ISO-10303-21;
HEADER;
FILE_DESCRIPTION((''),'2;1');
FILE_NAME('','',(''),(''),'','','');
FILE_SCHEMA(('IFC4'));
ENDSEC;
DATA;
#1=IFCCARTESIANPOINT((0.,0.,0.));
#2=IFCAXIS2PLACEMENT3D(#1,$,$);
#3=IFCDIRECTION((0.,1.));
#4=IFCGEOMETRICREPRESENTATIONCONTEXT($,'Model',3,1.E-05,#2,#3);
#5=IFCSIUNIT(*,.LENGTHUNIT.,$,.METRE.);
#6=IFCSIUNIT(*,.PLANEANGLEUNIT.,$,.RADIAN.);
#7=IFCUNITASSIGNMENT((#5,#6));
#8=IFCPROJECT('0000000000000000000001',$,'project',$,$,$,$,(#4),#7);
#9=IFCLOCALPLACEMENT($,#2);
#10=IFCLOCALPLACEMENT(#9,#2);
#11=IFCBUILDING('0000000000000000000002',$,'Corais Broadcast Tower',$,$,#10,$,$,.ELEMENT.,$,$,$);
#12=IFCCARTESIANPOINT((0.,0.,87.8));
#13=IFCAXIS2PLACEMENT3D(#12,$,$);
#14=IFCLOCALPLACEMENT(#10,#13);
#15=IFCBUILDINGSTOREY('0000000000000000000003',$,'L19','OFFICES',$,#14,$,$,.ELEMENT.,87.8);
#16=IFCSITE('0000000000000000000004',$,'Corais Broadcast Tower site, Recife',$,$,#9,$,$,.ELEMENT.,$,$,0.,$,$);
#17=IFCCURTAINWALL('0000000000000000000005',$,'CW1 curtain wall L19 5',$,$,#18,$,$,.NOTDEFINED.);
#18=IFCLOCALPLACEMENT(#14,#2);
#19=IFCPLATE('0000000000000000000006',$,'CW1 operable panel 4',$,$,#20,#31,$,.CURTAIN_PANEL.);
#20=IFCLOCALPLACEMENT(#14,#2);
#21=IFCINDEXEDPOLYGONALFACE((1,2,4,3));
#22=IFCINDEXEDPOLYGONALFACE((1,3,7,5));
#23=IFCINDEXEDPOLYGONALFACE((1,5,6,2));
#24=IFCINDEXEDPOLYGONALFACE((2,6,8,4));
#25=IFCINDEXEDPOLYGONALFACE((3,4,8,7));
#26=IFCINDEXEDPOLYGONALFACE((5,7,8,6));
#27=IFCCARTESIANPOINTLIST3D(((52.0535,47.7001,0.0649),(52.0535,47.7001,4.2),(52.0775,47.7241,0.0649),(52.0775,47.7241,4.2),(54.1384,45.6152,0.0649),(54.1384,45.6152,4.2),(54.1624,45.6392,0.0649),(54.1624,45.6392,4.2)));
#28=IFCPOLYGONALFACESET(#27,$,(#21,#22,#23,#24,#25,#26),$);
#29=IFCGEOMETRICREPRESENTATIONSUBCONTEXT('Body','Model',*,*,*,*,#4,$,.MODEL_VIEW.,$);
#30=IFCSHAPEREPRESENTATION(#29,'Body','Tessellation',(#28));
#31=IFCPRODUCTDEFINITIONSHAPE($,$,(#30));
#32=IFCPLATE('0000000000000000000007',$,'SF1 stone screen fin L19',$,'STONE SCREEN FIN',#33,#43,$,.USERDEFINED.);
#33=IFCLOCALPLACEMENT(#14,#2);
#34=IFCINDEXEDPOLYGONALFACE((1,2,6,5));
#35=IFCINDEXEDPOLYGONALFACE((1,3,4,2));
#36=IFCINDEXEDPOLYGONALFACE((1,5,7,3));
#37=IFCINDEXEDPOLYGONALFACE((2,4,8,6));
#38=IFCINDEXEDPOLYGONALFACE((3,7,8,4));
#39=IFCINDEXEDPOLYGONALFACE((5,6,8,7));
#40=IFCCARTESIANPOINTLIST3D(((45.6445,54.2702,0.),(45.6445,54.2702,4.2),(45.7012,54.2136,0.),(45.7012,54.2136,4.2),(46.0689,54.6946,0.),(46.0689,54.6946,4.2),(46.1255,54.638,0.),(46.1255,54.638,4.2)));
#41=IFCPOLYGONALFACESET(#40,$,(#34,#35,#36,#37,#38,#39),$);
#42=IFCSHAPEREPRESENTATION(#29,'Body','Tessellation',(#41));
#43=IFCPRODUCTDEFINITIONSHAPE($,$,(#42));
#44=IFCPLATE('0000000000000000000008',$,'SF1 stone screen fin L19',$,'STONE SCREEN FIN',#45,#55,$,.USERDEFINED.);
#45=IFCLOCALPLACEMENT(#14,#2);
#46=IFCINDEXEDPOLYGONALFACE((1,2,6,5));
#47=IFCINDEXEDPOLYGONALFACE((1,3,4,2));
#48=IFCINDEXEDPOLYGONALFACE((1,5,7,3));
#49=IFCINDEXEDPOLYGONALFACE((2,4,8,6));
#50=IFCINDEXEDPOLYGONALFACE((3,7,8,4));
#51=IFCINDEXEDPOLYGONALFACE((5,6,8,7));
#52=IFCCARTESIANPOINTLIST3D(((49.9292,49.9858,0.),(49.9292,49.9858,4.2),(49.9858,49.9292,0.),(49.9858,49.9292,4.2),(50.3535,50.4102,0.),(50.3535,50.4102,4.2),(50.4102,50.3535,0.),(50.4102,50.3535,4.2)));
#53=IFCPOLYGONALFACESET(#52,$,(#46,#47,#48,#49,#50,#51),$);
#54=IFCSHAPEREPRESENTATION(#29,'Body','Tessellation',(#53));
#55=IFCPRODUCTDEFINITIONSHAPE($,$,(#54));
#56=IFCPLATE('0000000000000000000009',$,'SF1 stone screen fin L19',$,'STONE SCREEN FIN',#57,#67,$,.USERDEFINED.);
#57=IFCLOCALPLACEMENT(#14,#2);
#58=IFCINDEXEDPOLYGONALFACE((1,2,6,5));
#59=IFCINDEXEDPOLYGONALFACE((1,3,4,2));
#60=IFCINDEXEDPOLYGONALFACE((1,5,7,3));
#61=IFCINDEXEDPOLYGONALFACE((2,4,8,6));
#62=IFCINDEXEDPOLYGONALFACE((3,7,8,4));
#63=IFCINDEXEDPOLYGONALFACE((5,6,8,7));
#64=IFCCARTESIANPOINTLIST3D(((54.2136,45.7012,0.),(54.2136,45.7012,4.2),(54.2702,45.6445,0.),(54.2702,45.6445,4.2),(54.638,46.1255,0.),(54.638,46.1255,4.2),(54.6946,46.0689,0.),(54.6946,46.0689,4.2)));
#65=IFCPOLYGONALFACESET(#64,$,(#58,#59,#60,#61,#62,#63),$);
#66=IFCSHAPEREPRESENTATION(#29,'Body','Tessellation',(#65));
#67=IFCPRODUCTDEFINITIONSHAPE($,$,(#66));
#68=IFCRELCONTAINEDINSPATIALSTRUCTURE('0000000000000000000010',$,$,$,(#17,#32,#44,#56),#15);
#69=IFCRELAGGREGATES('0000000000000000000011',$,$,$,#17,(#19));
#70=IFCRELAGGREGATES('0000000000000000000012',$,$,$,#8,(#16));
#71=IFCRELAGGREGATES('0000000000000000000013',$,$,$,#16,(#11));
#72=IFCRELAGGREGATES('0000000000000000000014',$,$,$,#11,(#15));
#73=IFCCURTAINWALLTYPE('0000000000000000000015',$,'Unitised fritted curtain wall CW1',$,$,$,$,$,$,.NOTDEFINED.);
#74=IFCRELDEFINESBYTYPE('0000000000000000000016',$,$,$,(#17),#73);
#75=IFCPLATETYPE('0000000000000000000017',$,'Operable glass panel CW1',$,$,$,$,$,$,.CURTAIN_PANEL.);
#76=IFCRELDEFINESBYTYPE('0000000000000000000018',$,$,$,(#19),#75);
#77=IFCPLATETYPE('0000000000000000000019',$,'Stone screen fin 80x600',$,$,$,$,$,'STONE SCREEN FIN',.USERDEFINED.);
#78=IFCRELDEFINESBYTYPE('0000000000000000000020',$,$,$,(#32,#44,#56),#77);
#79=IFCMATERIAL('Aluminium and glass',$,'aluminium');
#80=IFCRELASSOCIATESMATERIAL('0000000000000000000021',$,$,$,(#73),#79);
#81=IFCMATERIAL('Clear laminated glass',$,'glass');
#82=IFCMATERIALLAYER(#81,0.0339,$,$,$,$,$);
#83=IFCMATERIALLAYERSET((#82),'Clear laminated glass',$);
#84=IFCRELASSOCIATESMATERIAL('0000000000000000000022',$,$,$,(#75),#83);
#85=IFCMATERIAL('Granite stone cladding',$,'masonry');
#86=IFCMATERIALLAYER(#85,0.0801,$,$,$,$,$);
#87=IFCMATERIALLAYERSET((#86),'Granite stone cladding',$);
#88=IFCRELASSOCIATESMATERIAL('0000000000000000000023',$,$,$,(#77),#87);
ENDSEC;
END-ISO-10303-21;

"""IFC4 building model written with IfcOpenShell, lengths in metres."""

from ifc_helpers import new_model, si_unit, direction, frame, origin, origin_2d, place, context, subcontext, project, spatial, rectangle, extrude, material, layer, layer_set, type_object, element, aggregate, save


model = new_model("IFC4")

# Units and contexts
model_context = context("Model", 3, precision=1e-05, world=origin(), true_north=direction((0.0, 1.0)))
body_context = subcontext(model_context, "Body", "Model", "MODEL_VIEW")
ifc_project = project(units=[si_unit("LENGTHUNIT", "METRE"), si_unit("PLANEANGLEUNIT", "RADIAN")], contexts=[model_context])

# Site, building, storey
site_placement = place(None, origin())
site = spatial("IfcSite", under=ifc_project, at=site_placement, Name="Corais Broadcast Tower site, Recife", CompositionType="ELEMENT", RefElevation=0.0)
building_placement = place(site_placement, origin())
building = spatial("IfcBuilding", under=site, at=building_placement, Name="Corais Broadcast Tower", CompositionType="ELEMENT")
storey_placement = place(building_placement, frame((0.0, 0.0, 87.8)))
storey = spatial("IfcBuildingStorey", under=building, at=storey_placement, Name="L19", Description="OFFICES", CompositionType="ELEMENT", Elevation=87.8)

# Shared definitions
ifc_material_1 = material(Name="Aluminium and glass", Category="aluminium")
curtain_wall_type = type_object("IfcCurtainWallType", Name="Unitised fritted curtain wall CW1", PredefinedType="NOTDEFINED", material=ifc_material_1)

# Curtain wall
curtain_wall_1_placement = place(storey_placement, origin())
curtain_wall_1 = element("IfcCurtainWall", 1, at=curtain_wall_1_placement, inside=storey, type_object=curtain_wall_type, Name="CW1 curtain wall L19 5", PredefinedType="NOTDEFINED")

# Plate
ifc_material_2 = material(Name="Clear laminated glass", Category="glass")
ifc_layer_1 = layer(ifc_material_2, 0.0339)
ifc_layer_set_1 = layer_set([ifc_layer_1], Name="Clear laminated glass")
plate_type_1 = type_object("IfcPlateType", Name="Operable glass panel CW1", PredefinedType="CURTAIN_PANEL", material=ifc_layer_set_1)
plate_1_placement = place(storey_placement, frame((53.1079, 46.6697, 0.0649), z_axis=(0.0, 0.0, 1.0), x_axis=(0.707107, -0.707107, 0.0)))
plate_1 = element("IfcPlate", 2, at=plate_1_placement, type_object=plate_type_1, Name="CW1 operable panel 4", PredefinedType="CURTAIN_PANEL", context=body_context, shape_type="SweptSolid", body=[
    extrude(rectangle(XDim=2.9485, YDim=0.0339, at=origin_2d()), origin(), (0.0, 0.0, 1.0), 4.135),
])
aggregate(curtain_wall_1, [plate_1])

# Plates
ifc_material_3 = material(Name="Granite stone cladding", Category="masonry")
ifc_layer_2 = layer(ifc_material_3, 0.0801)
ifc_layer_set_2 = layer_set([ifc_layer_2], Name="Granite stone cladding")
plate_type_2 = type_object("IfcPlateType", Name="Stone screen fin 80x600", ElementType="STONE SCREEN FIN", PredefinedType="USERDEFINED", material=ifc_layer_set_2)
for number, where, z_axis, x_axis, name in (
    (3, (45.885, 54.4541, 0.0), (0.0, 0.0, 1.0), (0.707107, -0.707107, 0.0), "SF1 stone screen fin L19"),
    (4, (50.1697, 50.1697, 0.0), (0.0, 0.0, 1.0), (0.707107, -0.707107, 0.0), "SF1 stone screen fin L19"),
    (5, (54.4541, 45.885, 0.0), (0.0, 0.0, 1.0), (0.707107, -0.707107, 0.0), "SF1 stone screen fin L19"),
):
    element("IfcPlate", number, at=place(storey_placement, frame(where, z_axis=z_axis, x_axis=x_axis)), inside=storey, type_object=plate_type_2, Name=name, ObjectType="STONE SCREEN FIN", PredefinedType="USERDEFINED", context=body_context, shape_type="SweptSolid", body=[
        extrude(rectangle(XDim=0.0801, YDim=0.6001, at=origin_2d()), origin(), (0.0, 0.0, 1.0), 4.2),
    ])

save(model, "model.ifc")
